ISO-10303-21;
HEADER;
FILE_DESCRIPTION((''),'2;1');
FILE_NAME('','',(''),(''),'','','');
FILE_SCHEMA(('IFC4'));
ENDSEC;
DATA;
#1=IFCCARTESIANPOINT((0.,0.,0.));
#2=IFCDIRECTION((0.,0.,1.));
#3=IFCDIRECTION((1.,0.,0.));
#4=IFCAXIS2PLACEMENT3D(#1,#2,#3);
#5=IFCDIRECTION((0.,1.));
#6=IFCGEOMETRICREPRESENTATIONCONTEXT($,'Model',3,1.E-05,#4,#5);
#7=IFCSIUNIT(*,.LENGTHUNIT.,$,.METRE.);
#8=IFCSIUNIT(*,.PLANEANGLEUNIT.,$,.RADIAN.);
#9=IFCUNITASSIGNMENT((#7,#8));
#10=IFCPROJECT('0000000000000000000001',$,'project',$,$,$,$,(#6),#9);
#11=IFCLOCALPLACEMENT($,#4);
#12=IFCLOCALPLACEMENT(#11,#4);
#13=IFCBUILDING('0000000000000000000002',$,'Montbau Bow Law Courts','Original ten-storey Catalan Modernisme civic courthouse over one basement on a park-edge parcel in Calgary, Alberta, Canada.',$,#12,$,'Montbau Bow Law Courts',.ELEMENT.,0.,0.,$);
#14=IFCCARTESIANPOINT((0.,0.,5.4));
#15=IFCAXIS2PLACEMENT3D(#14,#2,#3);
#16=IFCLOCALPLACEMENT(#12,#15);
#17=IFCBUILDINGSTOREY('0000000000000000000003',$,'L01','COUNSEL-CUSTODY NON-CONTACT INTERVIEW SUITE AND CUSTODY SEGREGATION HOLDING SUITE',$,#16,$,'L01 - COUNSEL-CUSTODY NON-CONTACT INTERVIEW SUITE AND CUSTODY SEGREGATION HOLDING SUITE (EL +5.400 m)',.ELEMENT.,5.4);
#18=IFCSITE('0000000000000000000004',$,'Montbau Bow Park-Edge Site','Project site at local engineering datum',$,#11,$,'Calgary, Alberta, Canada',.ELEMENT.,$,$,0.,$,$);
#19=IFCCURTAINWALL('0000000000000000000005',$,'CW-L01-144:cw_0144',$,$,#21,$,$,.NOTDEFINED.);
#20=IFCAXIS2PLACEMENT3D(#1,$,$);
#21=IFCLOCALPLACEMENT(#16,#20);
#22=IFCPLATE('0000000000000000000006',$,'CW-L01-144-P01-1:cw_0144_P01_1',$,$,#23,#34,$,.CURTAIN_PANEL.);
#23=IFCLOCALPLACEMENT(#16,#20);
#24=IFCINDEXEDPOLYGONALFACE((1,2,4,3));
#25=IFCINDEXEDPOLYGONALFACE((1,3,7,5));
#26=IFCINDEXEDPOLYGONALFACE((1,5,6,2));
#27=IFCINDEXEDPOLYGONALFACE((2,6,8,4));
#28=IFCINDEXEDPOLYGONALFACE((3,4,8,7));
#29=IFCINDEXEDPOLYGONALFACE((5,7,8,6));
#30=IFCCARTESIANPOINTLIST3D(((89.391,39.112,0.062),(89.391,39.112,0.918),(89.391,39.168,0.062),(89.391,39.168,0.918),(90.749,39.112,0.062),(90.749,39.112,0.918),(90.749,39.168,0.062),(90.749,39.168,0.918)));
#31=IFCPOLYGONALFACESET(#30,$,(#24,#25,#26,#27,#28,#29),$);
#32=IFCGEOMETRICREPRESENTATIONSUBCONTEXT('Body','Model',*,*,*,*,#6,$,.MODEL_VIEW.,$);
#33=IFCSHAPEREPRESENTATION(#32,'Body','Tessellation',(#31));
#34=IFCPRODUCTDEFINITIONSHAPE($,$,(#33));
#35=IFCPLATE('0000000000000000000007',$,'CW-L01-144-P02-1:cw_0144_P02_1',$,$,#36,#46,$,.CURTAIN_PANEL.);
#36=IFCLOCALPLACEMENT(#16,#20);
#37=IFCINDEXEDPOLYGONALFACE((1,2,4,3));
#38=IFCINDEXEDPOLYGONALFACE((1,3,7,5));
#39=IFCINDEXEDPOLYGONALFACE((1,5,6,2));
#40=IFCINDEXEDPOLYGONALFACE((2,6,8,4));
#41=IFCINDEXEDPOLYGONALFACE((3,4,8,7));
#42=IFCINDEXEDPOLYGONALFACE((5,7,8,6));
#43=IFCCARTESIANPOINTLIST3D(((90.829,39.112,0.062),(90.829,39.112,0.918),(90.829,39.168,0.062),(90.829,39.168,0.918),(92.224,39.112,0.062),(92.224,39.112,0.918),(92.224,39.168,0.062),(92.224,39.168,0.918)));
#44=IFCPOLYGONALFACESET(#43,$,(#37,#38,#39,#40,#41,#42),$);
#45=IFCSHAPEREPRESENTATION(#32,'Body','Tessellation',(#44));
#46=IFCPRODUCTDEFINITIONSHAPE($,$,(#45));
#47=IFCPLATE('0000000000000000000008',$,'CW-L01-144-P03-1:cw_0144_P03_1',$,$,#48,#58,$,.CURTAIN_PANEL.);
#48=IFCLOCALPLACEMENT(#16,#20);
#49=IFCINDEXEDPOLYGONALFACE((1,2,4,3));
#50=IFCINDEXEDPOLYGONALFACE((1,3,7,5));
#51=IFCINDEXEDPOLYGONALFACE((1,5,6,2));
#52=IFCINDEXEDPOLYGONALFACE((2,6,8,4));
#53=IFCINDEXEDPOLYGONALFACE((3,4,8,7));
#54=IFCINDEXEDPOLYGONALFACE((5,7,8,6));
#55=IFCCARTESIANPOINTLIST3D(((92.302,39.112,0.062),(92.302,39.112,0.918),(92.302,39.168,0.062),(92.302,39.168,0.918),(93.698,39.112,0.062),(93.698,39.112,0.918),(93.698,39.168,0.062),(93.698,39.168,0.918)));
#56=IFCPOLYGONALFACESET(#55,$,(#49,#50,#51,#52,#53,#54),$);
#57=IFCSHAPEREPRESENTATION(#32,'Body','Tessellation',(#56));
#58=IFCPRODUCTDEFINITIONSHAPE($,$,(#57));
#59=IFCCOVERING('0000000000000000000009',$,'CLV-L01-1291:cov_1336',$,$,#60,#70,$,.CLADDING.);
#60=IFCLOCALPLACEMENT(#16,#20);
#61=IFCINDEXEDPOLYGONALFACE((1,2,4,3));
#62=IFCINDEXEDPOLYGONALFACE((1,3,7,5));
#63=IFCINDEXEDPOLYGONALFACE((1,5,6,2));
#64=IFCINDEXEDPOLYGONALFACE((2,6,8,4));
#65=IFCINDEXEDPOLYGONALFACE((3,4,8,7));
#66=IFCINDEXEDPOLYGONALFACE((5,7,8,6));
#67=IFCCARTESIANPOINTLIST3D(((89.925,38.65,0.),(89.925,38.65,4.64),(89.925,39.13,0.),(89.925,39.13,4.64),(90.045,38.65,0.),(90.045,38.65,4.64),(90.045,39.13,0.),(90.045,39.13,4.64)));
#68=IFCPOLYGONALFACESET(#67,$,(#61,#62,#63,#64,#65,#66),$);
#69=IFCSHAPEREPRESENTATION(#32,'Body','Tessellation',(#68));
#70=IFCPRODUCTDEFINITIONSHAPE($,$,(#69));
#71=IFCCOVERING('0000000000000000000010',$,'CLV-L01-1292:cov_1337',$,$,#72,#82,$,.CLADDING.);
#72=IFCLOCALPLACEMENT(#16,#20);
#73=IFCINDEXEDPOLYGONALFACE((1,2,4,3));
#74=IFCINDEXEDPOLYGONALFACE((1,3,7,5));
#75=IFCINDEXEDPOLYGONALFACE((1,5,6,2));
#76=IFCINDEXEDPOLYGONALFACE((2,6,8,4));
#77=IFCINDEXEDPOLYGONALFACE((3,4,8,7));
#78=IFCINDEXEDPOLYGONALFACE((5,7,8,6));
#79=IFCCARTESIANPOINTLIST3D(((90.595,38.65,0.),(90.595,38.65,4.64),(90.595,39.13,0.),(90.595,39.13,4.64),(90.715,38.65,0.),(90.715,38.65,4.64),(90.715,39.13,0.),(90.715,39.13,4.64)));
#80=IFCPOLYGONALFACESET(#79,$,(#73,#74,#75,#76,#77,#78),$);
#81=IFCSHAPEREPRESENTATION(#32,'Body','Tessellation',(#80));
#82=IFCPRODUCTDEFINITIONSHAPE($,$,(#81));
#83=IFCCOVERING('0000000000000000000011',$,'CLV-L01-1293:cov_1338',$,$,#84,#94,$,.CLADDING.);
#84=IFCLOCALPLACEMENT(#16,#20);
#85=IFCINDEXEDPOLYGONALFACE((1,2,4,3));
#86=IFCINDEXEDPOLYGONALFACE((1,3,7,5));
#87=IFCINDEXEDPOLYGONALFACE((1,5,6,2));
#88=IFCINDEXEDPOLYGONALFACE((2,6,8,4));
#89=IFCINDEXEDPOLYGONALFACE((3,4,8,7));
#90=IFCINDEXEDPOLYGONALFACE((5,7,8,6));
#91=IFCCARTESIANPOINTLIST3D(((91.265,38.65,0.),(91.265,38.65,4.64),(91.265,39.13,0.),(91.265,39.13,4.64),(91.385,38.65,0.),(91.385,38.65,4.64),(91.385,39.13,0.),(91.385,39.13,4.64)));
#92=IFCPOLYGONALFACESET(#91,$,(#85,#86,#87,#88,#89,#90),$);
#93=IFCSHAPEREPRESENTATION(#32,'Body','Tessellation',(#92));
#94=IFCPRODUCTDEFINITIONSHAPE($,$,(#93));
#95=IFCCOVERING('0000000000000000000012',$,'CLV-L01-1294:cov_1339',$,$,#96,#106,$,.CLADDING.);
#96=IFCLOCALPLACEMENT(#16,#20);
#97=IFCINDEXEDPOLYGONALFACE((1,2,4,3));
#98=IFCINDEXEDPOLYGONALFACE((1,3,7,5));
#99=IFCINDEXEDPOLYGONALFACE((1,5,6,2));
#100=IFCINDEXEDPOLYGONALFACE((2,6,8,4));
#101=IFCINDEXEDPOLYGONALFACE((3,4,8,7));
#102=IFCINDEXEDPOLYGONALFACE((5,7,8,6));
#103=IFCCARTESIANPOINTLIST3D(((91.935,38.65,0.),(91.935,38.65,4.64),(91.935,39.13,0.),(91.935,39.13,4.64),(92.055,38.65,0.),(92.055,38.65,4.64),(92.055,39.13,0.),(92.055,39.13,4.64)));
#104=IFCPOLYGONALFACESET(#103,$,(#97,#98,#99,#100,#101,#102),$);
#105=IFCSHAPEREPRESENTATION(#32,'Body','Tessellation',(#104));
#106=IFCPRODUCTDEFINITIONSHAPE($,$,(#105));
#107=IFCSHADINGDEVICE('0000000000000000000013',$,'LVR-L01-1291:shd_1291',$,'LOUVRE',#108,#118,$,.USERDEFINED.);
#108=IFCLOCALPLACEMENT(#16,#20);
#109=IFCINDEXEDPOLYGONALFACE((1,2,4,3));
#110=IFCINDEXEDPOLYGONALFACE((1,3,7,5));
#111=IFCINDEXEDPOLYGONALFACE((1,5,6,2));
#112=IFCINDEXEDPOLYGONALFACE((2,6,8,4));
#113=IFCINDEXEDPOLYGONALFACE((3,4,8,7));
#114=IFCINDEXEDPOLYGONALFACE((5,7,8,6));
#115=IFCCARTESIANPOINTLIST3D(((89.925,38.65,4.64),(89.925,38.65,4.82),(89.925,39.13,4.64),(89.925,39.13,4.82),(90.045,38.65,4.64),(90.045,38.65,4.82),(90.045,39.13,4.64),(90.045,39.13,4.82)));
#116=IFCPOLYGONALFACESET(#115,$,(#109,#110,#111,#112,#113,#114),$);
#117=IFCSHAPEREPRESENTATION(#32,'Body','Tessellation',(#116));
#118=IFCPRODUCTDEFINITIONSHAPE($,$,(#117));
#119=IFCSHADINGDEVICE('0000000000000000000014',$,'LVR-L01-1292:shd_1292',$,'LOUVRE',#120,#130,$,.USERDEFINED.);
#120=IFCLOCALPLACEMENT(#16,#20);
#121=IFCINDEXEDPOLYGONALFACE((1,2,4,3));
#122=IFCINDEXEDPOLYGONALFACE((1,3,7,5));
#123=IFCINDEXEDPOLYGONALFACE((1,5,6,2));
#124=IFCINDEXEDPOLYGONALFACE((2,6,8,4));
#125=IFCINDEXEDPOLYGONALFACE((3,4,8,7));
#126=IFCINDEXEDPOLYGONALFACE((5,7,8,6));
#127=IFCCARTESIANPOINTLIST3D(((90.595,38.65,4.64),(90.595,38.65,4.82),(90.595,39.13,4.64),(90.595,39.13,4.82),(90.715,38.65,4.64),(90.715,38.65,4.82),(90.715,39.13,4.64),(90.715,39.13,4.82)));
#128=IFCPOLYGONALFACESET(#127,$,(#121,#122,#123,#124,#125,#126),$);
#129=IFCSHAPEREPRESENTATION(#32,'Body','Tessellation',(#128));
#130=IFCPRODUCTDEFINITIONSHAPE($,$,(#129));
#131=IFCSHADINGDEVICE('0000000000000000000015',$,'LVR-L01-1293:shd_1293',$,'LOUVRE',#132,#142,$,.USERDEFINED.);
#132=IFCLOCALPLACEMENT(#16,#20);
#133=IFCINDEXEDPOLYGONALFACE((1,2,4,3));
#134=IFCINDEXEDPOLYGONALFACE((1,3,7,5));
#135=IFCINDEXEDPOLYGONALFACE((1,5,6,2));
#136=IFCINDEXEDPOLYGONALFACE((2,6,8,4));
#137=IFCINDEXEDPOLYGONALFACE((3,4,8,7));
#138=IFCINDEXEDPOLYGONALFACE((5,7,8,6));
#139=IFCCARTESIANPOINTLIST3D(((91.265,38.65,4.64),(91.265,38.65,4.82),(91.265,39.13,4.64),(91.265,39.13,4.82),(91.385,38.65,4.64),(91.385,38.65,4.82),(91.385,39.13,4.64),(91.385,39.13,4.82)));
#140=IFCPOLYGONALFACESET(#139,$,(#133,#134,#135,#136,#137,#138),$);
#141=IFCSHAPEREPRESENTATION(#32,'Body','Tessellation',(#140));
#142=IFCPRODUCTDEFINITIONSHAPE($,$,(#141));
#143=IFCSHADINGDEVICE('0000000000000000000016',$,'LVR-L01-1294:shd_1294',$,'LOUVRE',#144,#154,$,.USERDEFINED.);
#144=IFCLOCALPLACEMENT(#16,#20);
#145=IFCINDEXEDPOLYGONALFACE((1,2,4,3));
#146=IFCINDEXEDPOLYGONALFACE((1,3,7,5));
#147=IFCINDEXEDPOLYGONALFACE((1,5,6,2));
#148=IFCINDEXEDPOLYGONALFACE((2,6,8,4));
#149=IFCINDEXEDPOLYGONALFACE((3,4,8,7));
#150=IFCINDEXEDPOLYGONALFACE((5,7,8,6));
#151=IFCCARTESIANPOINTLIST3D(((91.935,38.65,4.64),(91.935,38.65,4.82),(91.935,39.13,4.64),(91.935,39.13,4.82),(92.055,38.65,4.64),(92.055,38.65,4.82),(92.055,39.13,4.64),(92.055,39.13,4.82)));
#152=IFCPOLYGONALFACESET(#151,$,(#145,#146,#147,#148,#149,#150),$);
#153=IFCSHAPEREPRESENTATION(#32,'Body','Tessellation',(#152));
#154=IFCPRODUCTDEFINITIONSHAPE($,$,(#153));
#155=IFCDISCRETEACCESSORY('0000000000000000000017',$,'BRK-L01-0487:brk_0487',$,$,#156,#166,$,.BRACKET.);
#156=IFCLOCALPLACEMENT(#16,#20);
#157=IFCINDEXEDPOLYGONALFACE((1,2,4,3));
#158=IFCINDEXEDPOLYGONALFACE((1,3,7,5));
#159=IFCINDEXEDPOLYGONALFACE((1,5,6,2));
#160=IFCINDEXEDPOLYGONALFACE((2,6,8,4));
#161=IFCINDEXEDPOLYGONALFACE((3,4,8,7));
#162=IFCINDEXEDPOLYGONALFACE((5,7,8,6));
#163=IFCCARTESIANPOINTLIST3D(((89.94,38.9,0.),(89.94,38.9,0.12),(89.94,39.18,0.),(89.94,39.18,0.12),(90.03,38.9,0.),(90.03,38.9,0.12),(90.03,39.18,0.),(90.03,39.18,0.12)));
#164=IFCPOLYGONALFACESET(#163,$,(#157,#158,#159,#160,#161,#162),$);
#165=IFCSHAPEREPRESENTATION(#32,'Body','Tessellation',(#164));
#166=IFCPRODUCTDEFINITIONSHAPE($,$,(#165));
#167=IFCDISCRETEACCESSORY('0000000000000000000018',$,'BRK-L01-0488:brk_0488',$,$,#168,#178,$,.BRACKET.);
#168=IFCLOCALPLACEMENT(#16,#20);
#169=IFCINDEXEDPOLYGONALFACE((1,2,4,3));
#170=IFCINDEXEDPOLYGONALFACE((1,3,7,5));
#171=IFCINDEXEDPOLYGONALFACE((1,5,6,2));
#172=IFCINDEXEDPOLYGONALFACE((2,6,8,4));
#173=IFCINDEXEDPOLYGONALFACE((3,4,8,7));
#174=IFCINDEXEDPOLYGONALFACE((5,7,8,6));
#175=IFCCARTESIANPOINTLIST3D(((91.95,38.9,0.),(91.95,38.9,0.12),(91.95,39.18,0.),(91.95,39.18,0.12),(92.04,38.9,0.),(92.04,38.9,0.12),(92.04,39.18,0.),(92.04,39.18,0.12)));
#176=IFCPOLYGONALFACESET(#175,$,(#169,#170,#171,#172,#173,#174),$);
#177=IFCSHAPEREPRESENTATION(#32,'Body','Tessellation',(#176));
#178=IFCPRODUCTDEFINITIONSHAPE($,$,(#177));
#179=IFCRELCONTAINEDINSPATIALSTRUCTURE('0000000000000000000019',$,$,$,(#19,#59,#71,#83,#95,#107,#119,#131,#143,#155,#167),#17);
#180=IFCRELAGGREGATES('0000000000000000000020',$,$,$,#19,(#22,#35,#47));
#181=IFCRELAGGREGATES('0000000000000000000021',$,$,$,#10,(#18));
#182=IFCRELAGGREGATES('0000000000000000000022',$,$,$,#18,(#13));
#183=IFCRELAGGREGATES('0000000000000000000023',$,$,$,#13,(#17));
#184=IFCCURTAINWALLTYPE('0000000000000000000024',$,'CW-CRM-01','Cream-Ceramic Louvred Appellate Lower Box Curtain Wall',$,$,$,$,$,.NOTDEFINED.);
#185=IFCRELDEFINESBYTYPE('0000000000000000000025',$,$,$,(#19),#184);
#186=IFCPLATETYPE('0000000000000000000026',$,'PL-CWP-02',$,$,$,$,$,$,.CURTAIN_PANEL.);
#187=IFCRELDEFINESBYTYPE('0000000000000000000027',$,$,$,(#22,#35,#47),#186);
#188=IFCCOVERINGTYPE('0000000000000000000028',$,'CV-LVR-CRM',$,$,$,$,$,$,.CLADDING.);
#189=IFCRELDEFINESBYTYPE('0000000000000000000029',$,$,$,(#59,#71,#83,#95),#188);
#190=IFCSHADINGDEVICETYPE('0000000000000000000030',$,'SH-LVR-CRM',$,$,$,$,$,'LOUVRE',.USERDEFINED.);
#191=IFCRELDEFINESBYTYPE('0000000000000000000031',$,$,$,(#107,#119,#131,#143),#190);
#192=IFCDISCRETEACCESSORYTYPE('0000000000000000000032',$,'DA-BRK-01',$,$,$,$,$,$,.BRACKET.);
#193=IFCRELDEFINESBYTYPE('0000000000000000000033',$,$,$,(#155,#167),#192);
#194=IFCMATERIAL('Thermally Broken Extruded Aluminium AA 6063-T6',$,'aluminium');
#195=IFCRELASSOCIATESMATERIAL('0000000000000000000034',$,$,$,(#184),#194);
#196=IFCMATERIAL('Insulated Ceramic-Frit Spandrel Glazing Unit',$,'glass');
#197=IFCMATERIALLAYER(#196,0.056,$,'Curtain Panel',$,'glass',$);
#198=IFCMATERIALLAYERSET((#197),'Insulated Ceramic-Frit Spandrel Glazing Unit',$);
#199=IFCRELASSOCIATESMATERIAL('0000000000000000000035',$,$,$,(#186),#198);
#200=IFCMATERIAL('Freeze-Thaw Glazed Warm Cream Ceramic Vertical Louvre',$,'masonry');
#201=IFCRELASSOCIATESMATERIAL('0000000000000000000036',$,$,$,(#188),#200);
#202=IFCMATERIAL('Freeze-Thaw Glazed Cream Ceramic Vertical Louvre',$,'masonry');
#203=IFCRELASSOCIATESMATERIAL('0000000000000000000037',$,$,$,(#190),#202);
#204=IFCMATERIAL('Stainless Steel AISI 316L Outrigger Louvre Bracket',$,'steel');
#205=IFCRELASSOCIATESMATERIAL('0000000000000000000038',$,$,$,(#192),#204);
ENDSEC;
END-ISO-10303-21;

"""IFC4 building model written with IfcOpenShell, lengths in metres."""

from ifc_helpers import new_model, si_unit, direction, frame, frame_2d, origin_with_axes, origin_2d_with_axis, place, context, subcontext, project, spatial, rectangle, extrude, material, layer, layer_set, type_object, element, aggregate, save


model = new_model("IFC4")

# Units and contexts
model_context = context("Model", 3, precision=1e-05, world=origin_with_axes(), true_north=direction((0.0, 1.0)))
body_context = subcontext(model_context, "Body", "Model", "MODEL_VIEW")
ifc_project = project(units=[si_unit("LENGTHUNIT", "METRE"), si_unit("PLANEANGLEUNIT", "RADIAN")], contexts=[model_context])

# Site, building, storey
site_placement = place(None, origin_with_axes())
site = spatial("IfcSite", under=ifc_project, at=site_placement, Name="Montbau Bow Park-Edge Site", Description="Project site at local engineering datum", LongName="Calgary, Alberta, Canada", CompositionType="ELEMENT", RefElevation=0.0)
building_placement = place(site_placement, origin_with_axes())
building = spatial("IfcBuilding", under=site, at=building_placement, Name="Montbau Bow Law Courts", Description="Original ten-storey Catalan Modernisme civic courthouse over one basement on a park-edge parcel in Calgary, Alberta, Canada.", LongName="Montbau Bow Law Courts", CompositionType="ELEMENT", ElevationOfRefHeight=0.0, ElevationOfTerrain=0.0)
storey_placement = place(building_placement, frame((0.0, 0.0, 5.4), z_axis=(0.0, 0.0, 1.0), x_axis=(1.0, 0.0, 0.0)))
storey = spatial("IfcBuildingStorey", under=building, at=storey_placement, Name="L01", Description="COUNSEL-CUSTODY NON-CONTACT INTERVIEW SUITE AND CUSTODY SEGREGATION HOLDING SUITE", LongName="L01 - COUNSEL-CUSTODY NON-CONTACT INTERVIEW SUITE AND CUSTODY SEGREGATION HOLDING SUITE (EL +5.400 m)", CompositionType="ELEMENT", Elevation=5.4)

# Curtain wall, plates
ifc_material_1 = material(Name="Thermally Broken Extruded Aluminium AA 6063-T6", Category="aluminium")
curtain_wall_type = type_object("IfcCurtainWallType", Name="CW-CRM-01", Description="Cream-Ceramic Louvred Appellate Lower Box Curtain Wall", PredefinedType="NOTDEFINED", material=ifc_material_1)
curtain_wall_placement = place(None, frame((89.315, 39.14, 5.4), z_axis=(0.0, 0.0, 1.0), x_axis=(1.0, 0.0, 0.0)))
curtain_wall = element("IfcCurtainWall", 1, at=curtain_wall_placement, inside=storey, type_object=curtain_wall_type, Name="CW-L01-144:cw_0144", PredefinedType="NOTDEFINED")
ifc_material_2 = material(Name="Insulated Ceramic-Frit Spandrel Glazing Unit", Category="glass")
ifc_layer_1 = layer(ifc_material_2, 0.056, Name="Curtain Panel", Category="glass")
ifc_layer_set_1 = layer_set([ifc_layer_1], Name="Insulated Ceramic-Frit Spandrel Glazing Unit")
plate_type_1 = type_object("IfcPlateType", Name="PL-CWP-02", PredefinedType="CURTAIN_PANEL", material=ifc_layer_set_1)
plate_1_placement = place(None, frame((89.391, 39.14, 5.462), z_axis=(0.0, -1.0, 0.0), x_axis=(1.0, 0.0, 0.0)))
plate_1 = element("IfcPlate", 2, at=plate_1_placement, type_object=plate_type_1, Name="CW-L01-144-P01-1:cw_0144_P01_1", PredefinedType="CURTAIN_PANEL", context=body_context, shape_type="SweptSolid", body=[
    extrude(rectangle(XDim=1.358, YDim=0.856, at=frame_2d((0.679, 0.428), x_axis=(1.0, 0.0))), frame((0.0, 0.0, -0.028), z_axis=(0.0, 0.0, 1.0), x_axis=(1.0, 0.0, 0.0)), (0.0, 0.0, 1.0), 0.056),
])
plate_2_placement = place(None, frame((90.829, 39.14, 5.462), z_axis=(0.0, -1.0, 0.0), x_axis=(1.0, 0.0, 0.0)))
plate_2 = element("IfcPlate", 3, at=plate_2_placement, type_object=plate_type_1, Name="CW-L01-144-P02-1:cw_0144_P02_1", PredefinedType="CURTAIN_PANEL", context=body_context, shape_type="SweptSolid", body=[
    extrude(rectangle(XDim=1.395, YDim=0.856, at=frame_2d((0.6975, 0.428), x_axis=(1.0, 0.0))), frame((0.0, 0.0, -0.028), z_axis=(0.0, 0.0, 1.0), x_axis=(1.0, 0.0, 0.0)), (0.0, 0.0, 1.0), 0.056),
])
plate_3_placement = place(None, frame((92.302, 39.14, 5.462), z_axis=(0.0, -1.0, 0.0), x_axis=(1.0, 0.0, 0.0)))
plate_3 = element("IfcPlate", 4, at=plate_3_placement, type_object=plate_type_1, Name="CW-L01-144-P03-1:cw_0144_P03_1", PredefinedType="CURTAIN_PANEL", context=body_context, shape_type="SweptSolid", body=[
    extrude(rectangle(XDim=1.396, YDim=0.856, at=frame_2d((0.698, 0.428), x_axis=(1.0, 0.0))), frame((0.0, 0.0, -0.028), z_axis=(0.0, 0.0, 1.0), x_axis=(1.0, 0.0, 0.0)), (0.0, 0.0, 1.0), 0.056),
])
aggregate(curtain_wall, [plate_1, plate_2, plate_3])

# Coverings
ifc_material_3 = material(Name="Freeze-Thaw Glazed Warm Cream Ceramic Vertical Louvre", Category="masonry")
covering_type = type_object("IfcCoveringType", Name="CV-LVR-CRM", PredefinedType="CLADDING", material=ifc_material_3)
for number, where, z_axis, x_axis, name in (
    (5, (89.985, 39.13, 5.4), (-1.0, 0.0, 0.0), (0.0, -1.0, 0.0), "CLV-L01-1291:cov_1336"),
    (6, (90.655, 39.13, 5.4), (-1.0, 0.0, 0.0), (0.0, -1.0, 0.0), "CLV-L01-1292:cov_1337"),
    (7, (91.325, 39.13, 5.4), (-1.0, 0.0, 0.0), (0.0, -1.0, 0.0), "CLV-L01-1293:cov_1338"),
    (8, (91.995, 39.13, 5.4), (-1.0, 0.0, 0.0), (0.0, -1.0, 0.0), "CLV-L01-1294:cov_1339"),
):
    element("IfcCovering", number, at=place(None, frame(where, z_axis=z_axis, x_axis=x_axis)), inside=storey, type_object=covering_type, Name=name, PredefinedType="CLADDING", context=body_context, shape_type="SweptSolid", body=[
        extrude(rectangle(XDim=0.48, YDim=4.64, at=frame_2d((0.24, 2.32), x_axis=(1.0, 0.0))), frame((0.0, 0.0, -0.06), z_axis=(0.0, 0.0, 1.0), x_axis=(1.0, 0.0, 0.0)), (0.0, 0.0, 1.0), 0.12),
    ])

# Shading devices
ifc_material_4 = material(Name="Freeze-Thaw Glazed Cream Ceramic Vertical Louvre", Category="masonry")
shading_device_type = type_object("IfcShadingDeviceType", Name="SH-LVR-CRM", ElementType="LOUVRE", PredefinedType="USERDEFINED", material=ifc_material_4)
for number, where, z_axis, x_axis, name in (
    (9, (89.985, 38.89, 10.04), (0.0, 0.0, 1.0), (0.0, -1.0, 0.0), "LVR-L01-1291:shd_1291"),
    (10, (90.655, 38.89, 10.04), (0.0, 0.0, 1.0), (0.0, -1.0, 0.0), "LVR-L01-1292:shd_1292"),
    (11, (91.325, 38.89, 10.04), (0.0, 0.0, 1.0), (0.0, -1.0, 0.0), "LVR-L01-1293:shd_1293"),
    (12, (91.995, 38.89, 10.04), (0.0, 0.0, 1.0), (0.0, -1.0, 0.0), "LVR-L01-1294:shd_1294"),
):
    element("IfcShadingDevice", number, at=place(None, frame(where, z_axis=z_axis, x_axis=x_axis)), inside=storey, type_object=shading_device_type, Name=name, ObjectType="LOUVRE", PredefinedType="USERDEFINED", context=body_context, shape_type="SweptSolid", body=[
        extrude(rectangle(XDim=0.48, YDim=0.12, at=origin_2d_with_axis()), origin_with_axes(), (0.0, 0.0, 1.0), 0.18),
    ])

# Discrete accessories
ifc_material_5 = material(Name="Stainless Steel AISI 316L Outrigger Louvre Bracket", Category="steel")
discrete_accessory_type = type_object("IfcDiscreteAccessoryType", Name="DA-BRK-01", PredefinedType="BRACKET", material=ifc_material_5)
for number, where, z_axis, x_axis, name in (
    (13, (89.985, 39.04, 5.4), (0.0, 0.0, 1.0), (0.0, -1.0, 0.0), "BRK-L01-0487:brk_0487"),
    (14, (91.995, 39.04, 5.4), (0.0, 0.0, 1.0), (0.0, -1.0, 0.0), "BRK-L01-0488:brk_0488"),
):
    element("IfcDiscreteAccessory", number, at=place(None, frame(where, z_axis=z_axis, x_axis=x_axis)), inside=storey, type_object=discrete_accessory_type, Name=name, PredefinedType="BRACKET", context=body_context, shape_type="SweptSolid", body=[
        extrude(rectangle(XDim=0.28, YDim=0.09, at=origin_2d_with_axis()), origin_with_axes(), (0.0, 0.0, 1.0), 0.12),
    ])

save(model, "model.ifc")
